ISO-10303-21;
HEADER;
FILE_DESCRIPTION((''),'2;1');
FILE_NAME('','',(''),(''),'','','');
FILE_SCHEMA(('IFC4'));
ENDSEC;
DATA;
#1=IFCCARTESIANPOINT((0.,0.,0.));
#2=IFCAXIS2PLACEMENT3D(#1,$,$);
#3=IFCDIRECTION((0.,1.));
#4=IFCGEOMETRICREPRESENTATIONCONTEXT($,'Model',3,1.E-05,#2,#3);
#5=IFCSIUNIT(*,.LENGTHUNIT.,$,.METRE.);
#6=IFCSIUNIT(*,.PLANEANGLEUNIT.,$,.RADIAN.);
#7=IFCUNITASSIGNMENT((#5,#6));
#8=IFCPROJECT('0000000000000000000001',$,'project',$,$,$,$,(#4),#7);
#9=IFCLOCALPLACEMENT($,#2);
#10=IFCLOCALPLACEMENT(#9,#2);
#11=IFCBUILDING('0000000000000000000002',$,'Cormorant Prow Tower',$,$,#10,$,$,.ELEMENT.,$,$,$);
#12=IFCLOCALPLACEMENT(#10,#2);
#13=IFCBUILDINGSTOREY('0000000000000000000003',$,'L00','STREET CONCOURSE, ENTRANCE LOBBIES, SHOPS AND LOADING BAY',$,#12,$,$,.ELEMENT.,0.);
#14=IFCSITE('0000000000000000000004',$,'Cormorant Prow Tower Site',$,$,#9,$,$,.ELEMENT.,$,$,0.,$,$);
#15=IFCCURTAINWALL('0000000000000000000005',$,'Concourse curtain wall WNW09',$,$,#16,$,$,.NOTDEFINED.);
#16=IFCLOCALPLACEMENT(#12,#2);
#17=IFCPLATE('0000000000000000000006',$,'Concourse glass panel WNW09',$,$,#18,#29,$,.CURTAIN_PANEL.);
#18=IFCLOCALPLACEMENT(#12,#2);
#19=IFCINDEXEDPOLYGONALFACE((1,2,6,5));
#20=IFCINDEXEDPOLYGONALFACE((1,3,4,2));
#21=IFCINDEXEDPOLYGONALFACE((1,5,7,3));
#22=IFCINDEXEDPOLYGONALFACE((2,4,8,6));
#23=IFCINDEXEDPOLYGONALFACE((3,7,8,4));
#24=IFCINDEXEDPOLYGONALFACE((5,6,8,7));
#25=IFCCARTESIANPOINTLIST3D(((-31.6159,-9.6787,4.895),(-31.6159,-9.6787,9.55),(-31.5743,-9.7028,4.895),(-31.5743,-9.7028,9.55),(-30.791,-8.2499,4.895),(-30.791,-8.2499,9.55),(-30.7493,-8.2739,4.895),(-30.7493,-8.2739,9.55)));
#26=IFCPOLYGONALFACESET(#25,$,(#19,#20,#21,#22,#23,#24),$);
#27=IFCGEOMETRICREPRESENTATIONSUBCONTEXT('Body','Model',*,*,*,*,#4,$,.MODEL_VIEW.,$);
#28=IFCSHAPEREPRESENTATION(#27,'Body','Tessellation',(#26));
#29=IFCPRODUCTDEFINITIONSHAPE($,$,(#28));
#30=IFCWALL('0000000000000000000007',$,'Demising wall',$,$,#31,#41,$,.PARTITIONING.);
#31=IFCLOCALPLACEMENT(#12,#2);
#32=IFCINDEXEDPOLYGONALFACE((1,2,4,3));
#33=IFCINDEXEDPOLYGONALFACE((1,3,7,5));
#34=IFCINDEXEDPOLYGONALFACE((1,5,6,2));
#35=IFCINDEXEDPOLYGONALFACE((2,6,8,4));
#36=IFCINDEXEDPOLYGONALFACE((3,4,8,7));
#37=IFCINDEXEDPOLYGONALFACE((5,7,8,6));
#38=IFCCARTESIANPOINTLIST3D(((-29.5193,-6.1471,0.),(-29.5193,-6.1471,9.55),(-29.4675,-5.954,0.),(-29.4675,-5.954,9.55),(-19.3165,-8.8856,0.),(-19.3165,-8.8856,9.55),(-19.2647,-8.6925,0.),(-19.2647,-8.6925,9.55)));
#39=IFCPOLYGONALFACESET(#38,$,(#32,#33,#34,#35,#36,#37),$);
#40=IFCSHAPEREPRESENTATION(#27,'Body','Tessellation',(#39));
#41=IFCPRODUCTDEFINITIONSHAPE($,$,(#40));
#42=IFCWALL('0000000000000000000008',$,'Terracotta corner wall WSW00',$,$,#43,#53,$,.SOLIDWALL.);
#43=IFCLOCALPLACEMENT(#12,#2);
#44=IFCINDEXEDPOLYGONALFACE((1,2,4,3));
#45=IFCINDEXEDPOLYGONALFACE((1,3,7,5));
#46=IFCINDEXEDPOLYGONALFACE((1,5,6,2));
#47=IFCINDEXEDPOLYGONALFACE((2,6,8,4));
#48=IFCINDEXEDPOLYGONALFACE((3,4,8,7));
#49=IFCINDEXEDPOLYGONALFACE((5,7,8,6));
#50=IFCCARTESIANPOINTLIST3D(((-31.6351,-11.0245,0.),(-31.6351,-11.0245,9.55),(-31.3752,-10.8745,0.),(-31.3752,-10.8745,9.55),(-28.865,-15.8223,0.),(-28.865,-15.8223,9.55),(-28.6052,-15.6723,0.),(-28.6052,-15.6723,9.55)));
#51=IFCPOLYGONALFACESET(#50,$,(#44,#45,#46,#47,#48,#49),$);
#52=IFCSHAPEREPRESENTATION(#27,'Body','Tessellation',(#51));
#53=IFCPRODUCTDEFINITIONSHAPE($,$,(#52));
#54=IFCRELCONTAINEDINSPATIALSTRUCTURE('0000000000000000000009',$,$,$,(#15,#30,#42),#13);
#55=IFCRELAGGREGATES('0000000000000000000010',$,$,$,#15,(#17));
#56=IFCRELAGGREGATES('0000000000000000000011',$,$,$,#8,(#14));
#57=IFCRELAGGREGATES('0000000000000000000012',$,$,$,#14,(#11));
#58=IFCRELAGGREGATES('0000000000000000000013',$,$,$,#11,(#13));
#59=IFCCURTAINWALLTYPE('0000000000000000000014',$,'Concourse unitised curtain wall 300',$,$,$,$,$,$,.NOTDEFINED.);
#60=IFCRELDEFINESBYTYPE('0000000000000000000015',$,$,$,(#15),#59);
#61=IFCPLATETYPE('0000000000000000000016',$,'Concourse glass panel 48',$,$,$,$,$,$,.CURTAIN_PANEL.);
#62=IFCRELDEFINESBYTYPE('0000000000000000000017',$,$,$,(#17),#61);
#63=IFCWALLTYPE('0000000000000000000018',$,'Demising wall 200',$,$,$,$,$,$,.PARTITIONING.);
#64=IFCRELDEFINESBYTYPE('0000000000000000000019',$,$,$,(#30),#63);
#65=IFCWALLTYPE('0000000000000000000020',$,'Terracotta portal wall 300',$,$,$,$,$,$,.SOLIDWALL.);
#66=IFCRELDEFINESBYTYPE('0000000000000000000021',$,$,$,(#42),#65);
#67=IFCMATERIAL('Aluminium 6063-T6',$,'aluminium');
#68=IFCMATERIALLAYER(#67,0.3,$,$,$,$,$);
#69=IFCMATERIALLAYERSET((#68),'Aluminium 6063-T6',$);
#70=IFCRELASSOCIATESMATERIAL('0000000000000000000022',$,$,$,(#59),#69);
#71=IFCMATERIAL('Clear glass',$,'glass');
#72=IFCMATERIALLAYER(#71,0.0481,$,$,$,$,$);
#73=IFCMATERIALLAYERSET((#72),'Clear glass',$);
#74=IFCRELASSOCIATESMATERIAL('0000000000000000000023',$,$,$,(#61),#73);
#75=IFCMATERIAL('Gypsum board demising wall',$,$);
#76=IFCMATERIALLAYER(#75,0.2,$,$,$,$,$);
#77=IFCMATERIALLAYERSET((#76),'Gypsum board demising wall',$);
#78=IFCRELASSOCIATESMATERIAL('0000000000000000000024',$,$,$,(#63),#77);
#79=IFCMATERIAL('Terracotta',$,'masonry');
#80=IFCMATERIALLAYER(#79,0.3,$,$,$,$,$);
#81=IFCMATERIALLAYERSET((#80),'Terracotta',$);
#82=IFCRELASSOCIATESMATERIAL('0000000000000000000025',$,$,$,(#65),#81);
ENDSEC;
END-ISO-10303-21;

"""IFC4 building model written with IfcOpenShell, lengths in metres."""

from ifc_helpers import new_model, si_unit, direction, frame, frame_2d, origin, origin_2d, place, context, subcontext, project, spatial, rectangle, extrude, material, layer, layer_set, type_object, element, aggregate, save


model = new_model("IFC4")

# Units and contexts
model_context = context("Model", 3, precision=1e-05, world=origin(), true_north=direction((0.0, 1.0)))
body_context = subcontext(model_context, "Body", "Model", "MODEL_VIEW")
ifc_project = project(units=[si_unit("LENGTHUNIT", "METRE"), si_unit("PLANEANGLEUNIT", "RADIAN")], contexts=[model_context])

# Site, building, storey
site_placement = place(None, origin())
site = spatial("IfcSite", under=ifc_project, at=site_placement, Name="Cormorant Prow Tower Site", CompositionType="ELEMENT", RefElevation=0.0)
building_placement = place(site_placement, origin())
building = spatial("IfcBuilding", under=site, at=building_placement, Name="Cormorant Prow Tower", CompositionType="ELEMENT")
storey_placement = place(building_placement, origin())
storey = spatial("IfcBuildingStorey", under=building, at=storey_placement, Name="L00", Description="STREET CONCOURSE, ENTRANCE LOBBIES, SHOPS AND LOADING BAY", CompositionType="ELEMENT", Elevation=0.0)

# Curtain wall
ifc_material_1 = material(Name="Aluminium 6063-T6", Category="aluminium")
ifc_layer_1 = layer(ifc_material_1, 0.3)
ifc_layer_set_1 = layer_set([ifc_layer_1], Name="Aluminium 6063-T6")
curtain_wall_type = type_object("IfcCurtainWallType", Name="Concourse unitised curtain wall 300", PredefinedType="NOTDEFINED", material=ifc_layer_set_1)
curtain_wall_1_placement = place(storey_placement, origin())
curtain_wall_1 = element("IfcCurtainWall", 1, at=curtain_wall_1_placement, inside=storey, type_object=curtain_wall_type, Name="Concourse curtain wall WNW09", PredefinedType="NOTDEFINED")

# Plate
ifc_material_2 = material(Name="Clear glass", Category="glass")
ifc_layer_2 = layer(ifc_material_2, 0.0481)
ifc_layer_set_2 = layer_set([ifc_layer_2], Name="Clear glass")
plate_type = type_object("IfcPlateType", Name="Concourse glass panel 48", PredefinedType="CURTAIN_PANEL", material=ifc_layer_set_2)
plate_1_placement = place(storey_placement, frame((-31.1826, -8.9763, 4.895), z_axis=(0.0, 0.0, 1.0), x_axis=(-0.5, -0.866025, 0.0)))
plate_1 = element("IfcPlate", 2, at=plate_1_placement, type_object=plate_type, Name="Concourse glass panel WNW09", PredefinedType="CURTAIN_PANEL", context=body_context, shape_type="SweptSolid", body=[
    extrude(rectangle(XDim=1.6499, YDim=0.0481, at=origin_2d()), origin(), (0.0, 0.0, 1.0), 4.655),
])
aggregate(curtain_wall_1, [plate_1])

# Walls
ifc_material_3 = material(Name="Gypsum board demising wall")
ifc_layer_3 = layer(ifc_material_3, 0.2)
ifc_layer_set_3 = layer_set([ifc_layer_3], Name="Gypsum board demising wall")
wall_type_1 = type_object("IfcWallType", Name="Demising wall 200", PredefinedType="PARTITIONING", material=ifc_layer_set_3)
wall_1_placement = place(storey_placement, frame((-29.4934, -6.0505, 0.0), z_axis=(0.0, 0.0, 1.0), x_axis=(0.965815, -0.259232, 0.0)))
element("IfcWall", 3, at=wall_1_placement, inside=storey, type_object=wall_type_1, Name="Demising wall", PredefinedType="PARTITIONING", context=body_context, shape_type="SweptSolid", body=[
    extrude(rectangle(XDim=10.564, YDim=0.2, at=frame_2d((5.282, 0.0))), origin(), (0.0, 0.0, 1.0), 9.55),
])
ifc_material_4 = material(Name="Terracotta", Category="masonry")
ifc_layer_4 = layer(ifc_material_4, 0.3)
ifc_layer_set_4 = layer_set([ifc_layer_4], Name="Terracotta")
wall_type_2 = type_object("IfcWallType", Name="Terracotta portal wall 300", PredefinedType="SOLIDWALL", material=ifc_layer_set_4)
wall_2_placement = place(storey_placement, frame((-31.5051, -10.9495, 0.0), z_axis=(0.0, 0.0, 1.0), x_axis=(0.499997, -0.866027, 0.0)))
element("IfcWall", 4, at=wall_2_placement, inside=storey, type_object=wall_type_2, Name="Terracotta corner wall WSW00", PredefinedType="SOLIDWALL", context=body_context, shape_type="SweptSolid", body=[
    extrude(rectangle(XDim=5.54, YDim=0.3, at=frame_2d((2.77, 0.0))), origin(), (0.0, 0.0, 1.0), 9.55),
])

save(model, "model.ifc")
